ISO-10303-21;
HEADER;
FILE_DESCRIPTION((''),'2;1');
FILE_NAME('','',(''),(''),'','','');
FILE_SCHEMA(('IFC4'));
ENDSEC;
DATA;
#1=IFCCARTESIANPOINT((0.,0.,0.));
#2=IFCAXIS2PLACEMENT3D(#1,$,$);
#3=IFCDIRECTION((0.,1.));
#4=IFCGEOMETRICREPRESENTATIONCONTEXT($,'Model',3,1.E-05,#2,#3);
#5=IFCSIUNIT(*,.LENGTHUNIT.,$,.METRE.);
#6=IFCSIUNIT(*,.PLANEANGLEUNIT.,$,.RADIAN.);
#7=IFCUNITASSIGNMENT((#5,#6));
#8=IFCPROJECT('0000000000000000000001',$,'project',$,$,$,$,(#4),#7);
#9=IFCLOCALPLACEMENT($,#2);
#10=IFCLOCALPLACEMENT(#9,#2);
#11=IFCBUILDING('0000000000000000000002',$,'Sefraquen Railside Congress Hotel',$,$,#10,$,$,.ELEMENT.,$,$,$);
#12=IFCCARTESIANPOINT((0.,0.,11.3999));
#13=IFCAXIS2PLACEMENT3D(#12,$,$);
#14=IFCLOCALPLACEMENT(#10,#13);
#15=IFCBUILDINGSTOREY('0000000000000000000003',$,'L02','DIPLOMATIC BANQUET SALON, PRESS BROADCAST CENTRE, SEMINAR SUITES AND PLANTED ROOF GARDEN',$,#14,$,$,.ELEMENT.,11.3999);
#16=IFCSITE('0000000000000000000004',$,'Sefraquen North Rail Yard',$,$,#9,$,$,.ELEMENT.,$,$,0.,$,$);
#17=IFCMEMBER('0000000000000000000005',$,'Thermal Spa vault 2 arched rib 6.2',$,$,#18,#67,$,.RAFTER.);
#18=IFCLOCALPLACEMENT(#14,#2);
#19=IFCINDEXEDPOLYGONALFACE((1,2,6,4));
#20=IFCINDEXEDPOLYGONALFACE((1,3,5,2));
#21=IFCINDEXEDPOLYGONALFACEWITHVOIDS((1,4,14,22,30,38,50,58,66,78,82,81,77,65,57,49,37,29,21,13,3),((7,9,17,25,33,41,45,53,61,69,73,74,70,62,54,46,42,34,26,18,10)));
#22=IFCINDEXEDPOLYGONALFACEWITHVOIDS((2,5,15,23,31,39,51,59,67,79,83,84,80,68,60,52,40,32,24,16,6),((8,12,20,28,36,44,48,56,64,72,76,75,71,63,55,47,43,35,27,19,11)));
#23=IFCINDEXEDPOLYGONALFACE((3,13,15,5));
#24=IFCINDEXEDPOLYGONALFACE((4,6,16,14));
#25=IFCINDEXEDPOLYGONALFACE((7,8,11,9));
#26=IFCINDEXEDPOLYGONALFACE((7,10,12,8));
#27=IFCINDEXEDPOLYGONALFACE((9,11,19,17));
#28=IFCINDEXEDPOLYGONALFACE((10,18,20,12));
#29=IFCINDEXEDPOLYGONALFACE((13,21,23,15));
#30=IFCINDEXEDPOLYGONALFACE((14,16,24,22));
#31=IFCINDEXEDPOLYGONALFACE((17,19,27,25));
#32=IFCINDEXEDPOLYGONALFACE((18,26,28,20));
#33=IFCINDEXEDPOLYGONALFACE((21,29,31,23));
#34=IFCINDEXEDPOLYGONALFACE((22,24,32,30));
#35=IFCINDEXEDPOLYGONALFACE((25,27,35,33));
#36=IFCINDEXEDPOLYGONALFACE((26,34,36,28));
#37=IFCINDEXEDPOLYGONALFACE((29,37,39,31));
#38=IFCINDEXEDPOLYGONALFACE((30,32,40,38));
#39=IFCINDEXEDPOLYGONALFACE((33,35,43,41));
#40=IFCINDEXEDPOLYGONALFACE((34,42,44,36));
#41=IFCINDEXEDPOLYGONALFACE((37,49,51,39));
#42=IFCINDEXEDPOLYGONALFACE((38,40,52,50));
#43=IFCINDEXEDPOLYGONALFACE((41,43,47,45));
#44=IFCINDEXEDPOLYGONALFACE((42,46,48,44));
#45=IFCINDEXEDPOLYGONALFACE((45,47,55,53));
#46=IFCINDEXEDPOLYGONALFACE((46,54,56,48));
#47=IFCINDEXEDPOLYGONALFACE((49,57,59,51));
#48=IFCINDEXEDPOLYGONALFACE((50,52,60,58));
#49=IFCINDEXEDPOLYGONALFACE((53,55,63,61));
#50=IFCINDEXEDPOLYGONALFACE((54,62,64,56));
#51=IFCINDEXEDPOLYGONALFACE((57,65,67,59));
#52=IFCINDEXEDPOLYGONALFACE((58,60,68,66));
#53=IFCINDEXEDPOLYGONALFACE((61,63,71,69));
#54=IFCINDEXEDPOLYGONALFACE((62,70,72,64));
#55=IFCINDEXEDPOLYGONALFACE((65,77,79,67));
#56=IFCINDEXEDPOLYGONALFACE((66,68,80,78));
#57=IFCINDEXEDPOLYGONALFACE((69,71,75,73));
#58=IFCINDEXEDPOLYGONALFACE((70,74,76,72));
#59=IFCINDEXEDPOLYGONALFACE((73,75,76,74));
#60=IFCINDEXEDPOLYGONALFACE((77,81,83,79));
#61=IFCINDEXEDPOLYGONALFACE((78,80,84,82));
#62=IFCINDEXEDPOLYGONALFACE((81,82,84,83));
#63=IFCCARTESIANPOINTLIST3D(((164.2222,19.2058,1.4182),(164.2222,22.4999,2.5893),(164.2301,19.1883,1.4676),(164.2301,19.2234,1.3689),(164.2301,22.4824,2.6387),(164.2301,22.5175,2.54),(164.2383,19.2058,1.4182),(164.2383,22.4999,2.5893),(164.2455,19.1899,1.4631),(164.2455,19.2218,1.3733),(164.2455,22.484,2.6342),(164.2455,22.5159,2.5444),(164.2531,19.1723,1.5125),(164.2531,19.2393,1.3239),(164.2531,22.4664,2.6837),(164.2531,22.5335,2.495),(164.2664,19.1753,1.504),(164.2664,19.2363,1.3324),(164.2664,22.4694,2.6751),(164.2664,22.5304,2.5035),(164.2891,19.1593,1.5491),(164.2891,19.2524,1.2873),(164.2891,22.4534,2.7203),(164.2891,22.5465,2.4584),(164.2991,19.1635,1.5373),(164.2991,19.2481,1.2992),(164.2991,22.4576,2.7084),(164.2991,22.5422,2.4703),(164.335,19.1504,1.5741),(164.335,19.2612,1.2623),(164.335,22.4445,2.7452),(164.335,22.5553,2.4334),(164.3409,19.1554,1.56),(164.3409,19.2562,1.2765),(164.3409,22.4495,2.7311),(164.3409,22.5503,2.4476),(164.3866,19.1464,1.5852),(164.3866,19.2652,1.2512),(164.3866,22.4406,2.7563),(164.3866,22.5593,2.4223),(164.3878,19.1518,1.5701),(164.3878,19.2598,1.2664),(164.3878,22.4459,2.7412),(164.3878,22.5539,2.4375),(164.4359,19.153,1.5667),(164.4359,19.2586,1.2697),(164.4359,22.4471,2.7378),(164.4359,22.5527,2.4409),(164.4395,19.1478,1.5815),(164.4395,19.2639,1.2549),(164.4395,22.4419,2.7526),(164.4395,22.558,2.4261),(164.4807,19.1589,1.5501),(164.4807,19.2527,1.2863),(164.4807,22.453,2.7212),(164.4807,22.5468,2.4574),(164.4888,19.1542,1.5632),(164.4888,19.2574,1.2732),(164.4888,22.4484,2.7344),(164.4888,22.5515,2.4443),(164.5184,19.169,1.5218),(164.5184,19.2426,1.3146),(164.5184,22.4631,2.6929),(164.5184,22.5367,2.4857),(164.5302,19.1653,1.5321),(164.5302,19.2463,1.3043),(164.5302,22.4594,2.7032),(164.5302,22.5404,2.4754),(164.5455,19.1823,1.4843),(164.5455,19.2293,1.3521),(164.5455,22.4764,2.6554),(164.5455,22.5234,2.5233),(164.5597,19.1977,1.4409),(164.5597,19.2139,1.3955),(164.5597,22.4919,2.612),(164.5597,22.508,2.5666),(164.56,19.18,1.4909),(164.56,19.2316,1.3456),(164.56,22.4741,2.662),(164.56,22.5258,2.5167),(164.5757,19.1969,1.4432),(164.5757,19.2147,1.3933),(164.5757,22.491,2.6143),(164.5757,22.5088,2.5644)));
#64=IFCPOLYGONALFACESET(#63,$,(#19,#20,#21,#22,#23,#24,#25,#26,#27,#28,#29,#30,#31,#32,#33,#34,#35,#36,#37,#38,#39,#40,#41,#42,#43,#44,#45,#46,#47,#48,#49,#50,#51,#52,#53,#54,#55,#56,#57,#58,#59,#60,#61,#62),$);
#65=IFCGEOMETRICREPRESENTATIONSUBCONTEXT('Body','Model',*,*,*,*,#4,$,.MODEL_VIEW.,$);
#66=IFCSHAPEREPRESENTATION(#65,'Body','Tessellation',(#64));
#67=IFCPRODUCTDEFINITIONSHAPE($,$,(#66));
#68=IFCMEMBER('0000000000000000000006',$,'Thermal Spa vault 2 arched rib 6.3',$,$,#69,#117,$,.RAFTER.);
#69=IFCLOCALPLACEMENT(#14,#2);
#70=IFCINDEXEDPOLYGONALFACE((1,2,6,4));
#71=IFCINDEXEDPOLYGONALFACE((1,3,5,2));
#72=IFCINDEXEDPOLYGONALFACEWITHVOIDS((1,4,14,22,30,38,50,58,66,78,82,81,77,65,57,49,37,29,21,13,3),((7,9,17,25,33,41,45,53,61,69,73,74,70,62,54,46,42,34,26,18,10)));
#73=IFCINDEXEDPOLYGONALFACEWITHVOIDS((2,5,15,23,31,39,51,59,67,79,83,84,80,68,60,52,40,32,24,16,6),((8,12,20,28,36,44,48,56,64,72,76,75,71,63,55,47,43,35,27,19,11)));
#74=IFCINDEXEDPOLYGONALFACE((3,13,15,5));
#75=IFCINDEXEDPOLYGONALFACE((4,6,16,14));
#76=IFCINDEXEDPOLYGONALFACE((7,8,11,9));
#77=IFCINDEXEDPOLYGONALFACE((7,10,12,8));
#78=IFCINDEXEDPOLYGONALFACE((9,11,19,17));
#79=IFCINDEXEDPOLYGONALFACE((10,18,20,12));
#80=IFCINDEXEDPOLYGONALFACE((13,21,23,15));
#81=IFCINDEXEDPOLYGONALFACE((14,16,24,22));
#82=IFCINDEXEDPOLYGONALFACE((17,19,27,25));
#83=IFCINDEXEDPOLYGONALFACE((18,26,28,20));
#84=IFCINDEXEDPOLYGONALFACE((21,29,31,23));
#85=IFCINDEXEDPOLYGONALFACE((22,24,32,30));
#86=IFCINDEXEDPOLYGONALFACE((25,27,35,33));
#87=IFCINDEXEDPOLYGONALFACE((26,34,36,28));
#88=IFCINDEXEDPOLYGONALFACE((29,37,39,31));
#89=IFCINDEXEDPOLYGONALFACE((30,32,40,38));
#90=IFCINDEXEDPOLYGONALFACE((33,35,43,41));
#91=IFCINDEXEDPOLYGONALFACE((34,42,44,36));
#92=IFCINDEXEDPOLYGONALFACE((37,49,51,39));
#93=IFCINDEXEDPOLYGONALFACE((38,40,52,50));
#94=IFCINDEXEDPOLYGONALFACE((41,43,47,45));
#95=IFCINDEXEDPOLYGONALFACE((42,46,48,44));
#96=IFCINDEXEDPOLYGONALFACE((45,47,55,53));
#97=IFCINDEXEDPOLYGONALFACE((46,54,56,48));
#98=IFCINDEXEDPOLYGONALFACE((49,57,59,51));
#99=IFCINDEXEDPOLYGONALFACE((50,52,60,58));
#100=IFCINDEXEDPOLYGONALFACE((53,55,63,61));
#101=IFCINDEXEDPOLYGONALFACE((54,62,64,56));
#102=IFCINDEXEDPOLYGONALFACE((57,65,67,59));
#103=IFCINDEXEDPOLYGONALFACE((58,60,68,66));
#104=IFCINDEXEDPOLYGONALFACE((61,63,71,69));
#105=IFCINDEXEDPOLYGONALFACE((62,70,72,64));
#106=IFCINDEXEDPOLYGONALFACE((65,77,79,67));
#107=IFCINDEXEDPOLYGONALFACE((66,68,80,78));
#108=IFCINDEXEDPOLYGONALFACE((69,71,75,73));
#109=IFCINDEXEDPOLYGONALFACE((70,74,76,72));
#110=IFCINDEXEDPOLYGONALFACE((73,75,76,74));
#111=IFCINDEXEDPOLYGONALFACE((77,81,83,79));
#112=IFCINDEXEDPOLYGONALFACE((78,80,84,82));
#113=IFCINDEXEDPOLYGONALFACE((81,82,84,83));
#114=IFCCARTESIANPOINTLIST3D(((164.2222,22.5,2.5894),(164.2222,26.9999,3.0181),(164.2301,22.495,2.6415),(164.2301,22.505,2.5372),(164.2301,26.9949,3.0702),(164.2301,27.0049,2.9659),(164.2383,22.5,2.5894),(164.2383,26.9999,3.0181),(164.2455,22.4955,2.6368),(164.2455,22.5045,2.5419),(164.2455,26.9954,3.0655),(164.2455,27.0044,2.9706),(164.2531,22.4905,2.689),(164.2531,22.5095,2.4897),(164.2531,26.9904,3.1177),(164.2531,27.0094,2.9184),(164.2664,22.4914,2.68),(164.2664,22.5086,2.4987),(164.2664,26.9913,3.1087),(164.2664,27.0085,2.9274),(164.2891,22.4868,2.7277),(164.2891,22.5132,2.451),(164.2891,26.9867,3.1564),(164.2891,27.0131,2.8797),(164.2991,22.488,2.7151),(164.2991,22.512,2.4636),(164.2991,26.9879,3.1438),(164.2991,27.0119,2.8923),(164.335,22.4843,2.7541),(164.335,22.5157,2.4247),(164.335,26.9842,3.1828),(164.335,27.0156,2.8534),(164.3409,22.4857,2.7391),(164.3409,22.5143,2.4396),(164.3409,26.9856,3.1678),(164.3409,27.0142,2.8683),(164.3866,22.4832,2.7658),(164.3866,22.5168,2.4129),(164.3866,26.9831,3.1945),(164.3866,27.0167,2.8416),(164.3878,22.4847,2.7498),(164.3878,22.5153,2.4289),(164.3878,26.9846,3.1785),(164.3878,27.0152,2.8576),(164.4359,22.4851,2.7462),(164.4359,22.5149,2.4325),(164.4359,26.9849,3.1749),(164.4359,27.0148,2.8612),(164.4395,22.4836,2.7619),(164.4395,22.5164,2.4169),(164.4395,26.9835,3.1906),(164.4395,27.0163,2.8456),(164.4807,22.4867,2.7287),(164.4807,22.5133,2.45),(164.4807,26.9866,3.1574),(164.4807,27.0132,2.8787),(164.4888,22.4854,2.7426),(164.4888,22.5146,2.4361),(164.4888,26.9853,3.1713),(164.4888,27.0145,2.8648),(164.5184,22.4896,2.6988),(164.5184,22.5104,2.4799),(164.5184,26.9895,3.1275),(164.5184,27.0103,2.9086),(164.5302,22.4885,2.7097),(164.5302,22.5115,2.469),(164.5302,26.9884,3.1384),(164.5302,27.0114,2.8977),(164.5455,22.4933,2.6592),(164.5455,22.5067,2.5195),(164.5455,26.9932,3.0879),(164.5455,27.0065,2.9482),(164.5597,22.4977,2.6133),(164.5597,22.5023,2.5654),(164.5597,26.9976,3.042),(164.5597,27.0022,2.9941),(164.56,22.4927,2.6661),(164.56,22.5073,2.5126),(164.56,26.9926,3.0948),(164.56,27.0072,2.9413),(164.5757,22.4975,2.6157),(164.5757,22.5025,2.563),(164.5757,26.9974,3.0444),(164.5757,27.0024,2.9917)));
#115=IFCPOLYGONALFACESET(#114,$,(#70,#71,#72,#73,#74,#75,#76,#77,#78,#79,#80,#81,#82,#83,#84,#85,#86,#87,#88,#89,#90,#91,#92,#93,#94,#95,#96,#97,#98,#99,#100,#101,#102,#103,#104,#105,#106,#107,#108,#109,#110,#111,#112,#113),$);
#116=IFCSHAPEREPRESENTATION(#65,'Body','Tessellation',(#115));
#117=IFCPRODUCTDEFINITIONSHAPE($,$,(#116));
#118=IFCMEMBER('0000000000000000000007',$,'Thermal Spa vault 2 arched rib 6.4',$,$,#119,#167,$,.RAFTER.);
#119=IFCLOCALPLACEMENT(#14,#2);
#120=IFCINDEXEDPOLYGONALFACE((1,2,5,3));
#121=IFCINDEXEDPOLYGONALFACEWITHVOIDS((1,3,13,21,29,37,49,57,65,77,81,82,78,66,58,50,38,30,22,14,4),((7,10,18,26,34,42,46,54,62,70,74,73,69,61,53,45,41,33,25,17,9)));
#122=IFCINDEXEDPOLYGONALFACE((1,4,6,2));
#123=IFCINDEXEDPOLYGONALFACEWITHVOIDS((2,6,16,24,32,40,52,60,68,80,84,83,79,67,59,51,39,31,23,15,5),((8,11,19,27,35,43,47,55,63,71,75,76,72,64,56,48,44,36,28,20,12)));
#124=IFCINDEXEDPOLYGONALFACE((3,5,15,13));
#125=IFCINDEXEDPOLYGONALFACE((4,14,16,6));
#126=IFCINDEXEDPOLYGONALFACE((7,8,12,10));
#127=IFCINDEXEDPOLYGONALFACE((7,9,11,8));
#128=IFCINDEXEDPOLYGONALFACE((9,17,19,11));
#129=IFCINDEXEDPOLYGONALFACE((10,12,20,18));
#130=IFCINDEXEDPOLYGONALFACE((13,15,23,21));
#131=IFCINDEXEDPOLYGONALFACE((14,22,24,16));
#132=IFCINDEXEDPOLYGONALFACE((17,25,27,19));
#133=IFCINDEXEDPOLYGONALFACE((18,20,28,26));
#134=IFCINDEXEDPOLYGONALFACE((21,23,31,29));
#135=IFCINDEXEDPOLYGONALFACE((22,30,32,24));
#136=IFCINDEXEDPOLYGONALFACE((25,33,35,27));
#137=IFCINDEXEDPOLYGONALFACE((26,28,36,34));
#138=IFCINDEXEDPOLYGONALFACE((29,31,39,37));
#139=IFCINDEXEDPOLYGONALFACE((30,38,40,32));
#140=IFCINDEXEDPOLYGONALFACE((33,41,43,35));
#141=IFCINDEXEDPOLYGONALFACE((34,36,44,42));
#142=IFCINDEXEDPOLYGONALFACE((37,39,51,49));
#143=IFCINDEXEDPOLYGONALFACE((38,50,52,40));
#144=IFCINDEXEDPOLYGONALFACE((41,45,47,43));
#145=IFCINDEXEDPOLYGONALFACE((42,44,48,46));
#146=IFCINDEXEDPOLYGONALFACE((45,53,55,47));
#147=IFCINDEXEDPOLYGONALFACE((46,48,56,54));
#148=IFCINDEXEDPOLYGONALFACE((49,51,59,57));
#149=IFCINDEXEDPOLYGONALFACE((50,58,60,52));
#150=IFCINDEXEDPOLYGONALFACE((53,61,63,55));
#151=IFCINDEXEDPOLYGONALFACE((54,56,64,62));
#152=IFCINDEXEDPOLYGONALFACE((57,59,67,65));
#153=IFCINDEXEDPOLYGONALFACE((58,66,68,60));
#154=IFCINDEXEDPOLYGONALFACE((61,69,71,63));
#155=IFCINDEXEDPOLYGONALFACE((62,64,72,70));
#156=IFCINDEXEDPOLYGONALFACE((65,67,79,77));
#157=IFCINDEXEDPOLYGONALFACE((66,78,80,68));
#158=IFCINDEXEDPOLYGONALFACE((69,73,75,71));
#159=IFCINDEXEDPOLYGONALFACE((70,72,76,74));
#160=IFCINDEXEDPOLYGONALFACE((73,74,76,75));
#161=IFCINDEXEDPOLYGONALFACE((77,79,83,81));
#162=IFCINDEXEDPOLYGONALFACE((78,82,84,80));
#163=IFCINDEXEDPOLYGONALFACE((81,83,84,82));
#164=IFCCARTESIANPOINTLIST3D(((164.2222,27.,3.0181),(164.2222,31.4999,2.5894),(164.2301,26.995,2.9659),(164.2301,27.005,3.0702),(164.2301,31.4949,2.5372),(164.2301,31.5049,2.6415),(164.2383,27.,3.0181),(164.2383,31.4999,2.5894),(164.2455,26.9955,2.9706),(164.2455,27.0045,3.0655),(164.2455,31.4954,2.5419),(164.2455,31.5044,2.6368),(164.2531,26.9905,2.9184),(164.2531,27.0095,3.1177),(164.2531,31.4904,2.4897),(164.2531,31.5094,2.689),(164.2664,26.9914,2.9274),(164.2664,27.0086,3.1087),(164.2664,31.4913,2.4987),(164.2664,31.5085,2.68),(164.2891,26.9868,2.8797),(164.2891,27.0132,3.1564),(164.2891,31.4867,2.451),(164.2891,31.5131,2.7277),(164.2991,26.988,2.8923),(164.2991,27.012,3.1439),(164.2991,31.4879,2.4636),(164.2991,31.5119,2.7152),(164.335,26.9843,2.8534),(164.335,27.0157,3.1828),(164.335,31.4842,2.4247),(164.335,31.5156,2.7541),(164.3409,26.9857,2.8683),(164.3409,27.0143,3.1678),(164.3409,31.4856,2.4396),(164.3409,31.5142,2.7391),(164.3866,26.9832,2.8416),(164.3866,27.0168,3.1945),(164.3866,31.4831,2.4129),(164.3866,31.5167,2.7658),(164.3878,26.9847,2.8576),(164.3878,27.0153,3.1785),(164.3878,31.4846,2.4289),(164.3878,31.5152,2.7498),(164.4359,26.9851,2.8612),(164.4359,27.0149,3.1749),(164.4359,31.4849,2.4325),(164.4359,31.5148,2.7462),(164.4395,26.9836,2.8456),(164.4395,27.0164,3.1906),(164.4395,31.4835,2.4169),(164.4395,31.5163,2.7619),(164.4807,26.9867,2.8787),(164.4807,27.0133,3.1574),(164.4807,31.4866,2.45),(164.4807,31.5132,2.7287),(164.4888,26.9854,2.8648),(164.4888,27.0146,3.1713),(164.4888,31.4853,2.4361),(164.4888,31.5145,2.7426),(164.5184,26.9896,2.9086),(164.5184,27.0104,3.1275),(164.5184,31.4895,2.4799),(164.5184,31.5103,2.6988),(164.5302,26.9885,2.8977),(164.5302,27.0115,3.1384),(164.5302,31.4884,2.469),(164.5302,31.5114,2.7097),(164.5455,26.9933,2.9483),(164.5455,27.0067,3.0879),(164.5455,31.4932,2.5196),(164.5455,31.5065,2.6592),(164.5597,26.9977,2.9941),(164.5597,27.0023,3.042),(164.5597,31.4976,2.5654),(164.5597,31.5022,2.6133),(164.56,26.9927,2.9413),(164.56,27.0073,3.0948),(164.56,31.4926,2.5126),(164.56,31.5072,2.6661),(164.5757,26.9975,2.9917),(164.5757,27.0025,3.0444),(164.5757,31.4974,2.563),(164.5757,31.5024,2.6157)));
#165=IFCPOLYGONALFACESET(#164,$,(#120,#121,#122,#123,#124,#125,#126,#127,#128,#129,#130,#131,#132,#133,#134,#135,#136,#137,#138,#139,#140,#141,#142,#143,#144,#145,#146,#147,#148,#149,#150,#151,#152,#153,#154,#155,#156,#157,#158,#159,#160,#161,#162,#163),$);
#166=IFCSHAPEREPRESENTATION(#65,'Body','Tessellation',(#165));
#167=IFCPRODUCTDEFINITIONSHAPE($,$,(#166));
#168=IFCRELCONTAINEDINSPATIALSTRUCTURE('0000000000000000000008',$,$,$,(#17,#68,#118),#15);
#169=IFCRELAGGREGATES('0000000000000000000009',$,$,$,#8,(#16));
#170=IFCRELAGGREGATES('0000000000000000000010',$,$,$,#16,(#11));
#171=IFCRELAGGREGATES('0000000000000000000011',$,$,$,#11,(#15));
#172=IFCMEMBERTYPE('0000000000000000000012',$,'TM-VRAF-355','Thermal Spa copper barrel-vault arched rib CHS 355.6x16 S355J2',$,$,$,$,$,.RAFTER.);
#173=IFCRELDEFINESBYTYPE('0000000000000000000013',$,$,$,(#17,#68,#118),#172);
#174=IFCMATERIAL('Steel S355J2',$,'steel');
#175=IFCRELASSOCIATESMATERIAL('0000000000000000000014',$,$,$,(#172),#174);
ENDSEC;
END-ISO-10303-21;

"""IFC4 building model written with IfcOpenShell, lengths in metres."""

from ifc_helpers import new_model, si_unit, direction, frame, origin, origin_2d, place, context, subcontext, project, spatial, hollow_circle, extrude, material, material_profile, profile_set, type_object, element, save


model = new_model("IFC4")

# Units and contexts
model_context = context("Model", 3, precision=1e-05, world=origin(), true_north=direction((0.0, 1.0)))
body_context = subcontext(model_context, "Body", "Model", "MODEL_VIEW")
ifc_project = project(units=[si_unit("LENGTHUNIT", "METRE"), si_unit("PLANEANGLEUNIT", "RADIAN")], contexts=[model_context])

# Site, building, storey
site_placement = place(None, origin())
site = spatial("IfcSite", under=ifc_project, at=site_placement, Name="Sefraquen North Rail Yard", CompositionType="ELEMENT", RefElevation=0.0)
building_placement = place(site_placement, origin())
building = spatial("IfcBuilding", under=site, at=building_placement, Name="Sefraquen Railside Congress Hotel", CompositionType="ELEMENT")
storey_placement = place(building_placement, frame((0.0, 0.0, 11.3999)))
storey = spatial("IfcBuildingStorey", under=building, at=storey_placement, Name="L02", Description="DIPLOMATIC BANQUET SALON, PRESS BROADCAST CENTRE, SEMINAR SUITES AND PLANTED ROOF GARDEN", CompositionType="ELEMENT", Elevation=11.3999)

# Members
ifc_material_1 = material(Name="Steel S355J2", Category="steel")
ifc_material_profile_1 = material_profile(ifc_material_1, hollow_circle(Radius=0.1777, WallThickness=0.0161, at=origin_2d()), Name="CHS 355.6x16")
ifc_profile_set_1 = profile_set([ifc_material_profile_1], Name="Steel S355J2")
member_type = type_object("IfcMemberType", Name="TM-VRAF-355", Description="Thermal Spa copper barrel-vault arched rib CHS 355.6x16 S355J2", PredefinedType="RAFTER", material=ifc_profile_set_1)
member_1_placement = place(storey_placement, frame((164.3999, 19.2058, 1.4182), z_axis=(0.0, 0.942226, 0.334978), x_axis=(-1.0, 0.0, 0.0)))
element("IfcMember", 1, at=member_1_placement, inside=storey, type_object=member_type, Name="Thermal Spa vault 2 arched rib 6.2", PredefinedType="RAFTER", context=body_context, shape_type="SweptSolid", body=[
    extrude(hollow_circle(Radius=0.1777, WallThickness=0.0161, at=origin_2d()), origin(), (0.0, 0.0, 1.0), 3.4961),
])
for number, where, z_axis, x_axis, name in (
    (2, (164.3999, 22.5, 2.5894), (0.0, 0.995493, 0.09484), (-1.0, 0.0, 0.0), "Thermal Spa vault 2 arched rib 6.3"),
    (3, (164.3999, 27.0, 3.0181), (0.0, 0.995493, -0.09484), (-1.0, 0.0, 0.0), "Thermal Spa vault 2 arched rib 6.4"),
):
    element("IfcMember", number, at=place(storey_placement, frame(where, z_axis=z_axis, x_axis=x_axis)), inside=storey, type_object=member_type, Name=name, PredefinedType="RAFTER", context=body_context, shape_type="SweptSolid", body=[
        extrude(hollow_circle(Radius=0.1777, WallThickness=0.0161, at=origin_2d()), origin(), (0.0, 0.0, 1.0), 4.5203),
    ])

save(model, "model.ifc")
